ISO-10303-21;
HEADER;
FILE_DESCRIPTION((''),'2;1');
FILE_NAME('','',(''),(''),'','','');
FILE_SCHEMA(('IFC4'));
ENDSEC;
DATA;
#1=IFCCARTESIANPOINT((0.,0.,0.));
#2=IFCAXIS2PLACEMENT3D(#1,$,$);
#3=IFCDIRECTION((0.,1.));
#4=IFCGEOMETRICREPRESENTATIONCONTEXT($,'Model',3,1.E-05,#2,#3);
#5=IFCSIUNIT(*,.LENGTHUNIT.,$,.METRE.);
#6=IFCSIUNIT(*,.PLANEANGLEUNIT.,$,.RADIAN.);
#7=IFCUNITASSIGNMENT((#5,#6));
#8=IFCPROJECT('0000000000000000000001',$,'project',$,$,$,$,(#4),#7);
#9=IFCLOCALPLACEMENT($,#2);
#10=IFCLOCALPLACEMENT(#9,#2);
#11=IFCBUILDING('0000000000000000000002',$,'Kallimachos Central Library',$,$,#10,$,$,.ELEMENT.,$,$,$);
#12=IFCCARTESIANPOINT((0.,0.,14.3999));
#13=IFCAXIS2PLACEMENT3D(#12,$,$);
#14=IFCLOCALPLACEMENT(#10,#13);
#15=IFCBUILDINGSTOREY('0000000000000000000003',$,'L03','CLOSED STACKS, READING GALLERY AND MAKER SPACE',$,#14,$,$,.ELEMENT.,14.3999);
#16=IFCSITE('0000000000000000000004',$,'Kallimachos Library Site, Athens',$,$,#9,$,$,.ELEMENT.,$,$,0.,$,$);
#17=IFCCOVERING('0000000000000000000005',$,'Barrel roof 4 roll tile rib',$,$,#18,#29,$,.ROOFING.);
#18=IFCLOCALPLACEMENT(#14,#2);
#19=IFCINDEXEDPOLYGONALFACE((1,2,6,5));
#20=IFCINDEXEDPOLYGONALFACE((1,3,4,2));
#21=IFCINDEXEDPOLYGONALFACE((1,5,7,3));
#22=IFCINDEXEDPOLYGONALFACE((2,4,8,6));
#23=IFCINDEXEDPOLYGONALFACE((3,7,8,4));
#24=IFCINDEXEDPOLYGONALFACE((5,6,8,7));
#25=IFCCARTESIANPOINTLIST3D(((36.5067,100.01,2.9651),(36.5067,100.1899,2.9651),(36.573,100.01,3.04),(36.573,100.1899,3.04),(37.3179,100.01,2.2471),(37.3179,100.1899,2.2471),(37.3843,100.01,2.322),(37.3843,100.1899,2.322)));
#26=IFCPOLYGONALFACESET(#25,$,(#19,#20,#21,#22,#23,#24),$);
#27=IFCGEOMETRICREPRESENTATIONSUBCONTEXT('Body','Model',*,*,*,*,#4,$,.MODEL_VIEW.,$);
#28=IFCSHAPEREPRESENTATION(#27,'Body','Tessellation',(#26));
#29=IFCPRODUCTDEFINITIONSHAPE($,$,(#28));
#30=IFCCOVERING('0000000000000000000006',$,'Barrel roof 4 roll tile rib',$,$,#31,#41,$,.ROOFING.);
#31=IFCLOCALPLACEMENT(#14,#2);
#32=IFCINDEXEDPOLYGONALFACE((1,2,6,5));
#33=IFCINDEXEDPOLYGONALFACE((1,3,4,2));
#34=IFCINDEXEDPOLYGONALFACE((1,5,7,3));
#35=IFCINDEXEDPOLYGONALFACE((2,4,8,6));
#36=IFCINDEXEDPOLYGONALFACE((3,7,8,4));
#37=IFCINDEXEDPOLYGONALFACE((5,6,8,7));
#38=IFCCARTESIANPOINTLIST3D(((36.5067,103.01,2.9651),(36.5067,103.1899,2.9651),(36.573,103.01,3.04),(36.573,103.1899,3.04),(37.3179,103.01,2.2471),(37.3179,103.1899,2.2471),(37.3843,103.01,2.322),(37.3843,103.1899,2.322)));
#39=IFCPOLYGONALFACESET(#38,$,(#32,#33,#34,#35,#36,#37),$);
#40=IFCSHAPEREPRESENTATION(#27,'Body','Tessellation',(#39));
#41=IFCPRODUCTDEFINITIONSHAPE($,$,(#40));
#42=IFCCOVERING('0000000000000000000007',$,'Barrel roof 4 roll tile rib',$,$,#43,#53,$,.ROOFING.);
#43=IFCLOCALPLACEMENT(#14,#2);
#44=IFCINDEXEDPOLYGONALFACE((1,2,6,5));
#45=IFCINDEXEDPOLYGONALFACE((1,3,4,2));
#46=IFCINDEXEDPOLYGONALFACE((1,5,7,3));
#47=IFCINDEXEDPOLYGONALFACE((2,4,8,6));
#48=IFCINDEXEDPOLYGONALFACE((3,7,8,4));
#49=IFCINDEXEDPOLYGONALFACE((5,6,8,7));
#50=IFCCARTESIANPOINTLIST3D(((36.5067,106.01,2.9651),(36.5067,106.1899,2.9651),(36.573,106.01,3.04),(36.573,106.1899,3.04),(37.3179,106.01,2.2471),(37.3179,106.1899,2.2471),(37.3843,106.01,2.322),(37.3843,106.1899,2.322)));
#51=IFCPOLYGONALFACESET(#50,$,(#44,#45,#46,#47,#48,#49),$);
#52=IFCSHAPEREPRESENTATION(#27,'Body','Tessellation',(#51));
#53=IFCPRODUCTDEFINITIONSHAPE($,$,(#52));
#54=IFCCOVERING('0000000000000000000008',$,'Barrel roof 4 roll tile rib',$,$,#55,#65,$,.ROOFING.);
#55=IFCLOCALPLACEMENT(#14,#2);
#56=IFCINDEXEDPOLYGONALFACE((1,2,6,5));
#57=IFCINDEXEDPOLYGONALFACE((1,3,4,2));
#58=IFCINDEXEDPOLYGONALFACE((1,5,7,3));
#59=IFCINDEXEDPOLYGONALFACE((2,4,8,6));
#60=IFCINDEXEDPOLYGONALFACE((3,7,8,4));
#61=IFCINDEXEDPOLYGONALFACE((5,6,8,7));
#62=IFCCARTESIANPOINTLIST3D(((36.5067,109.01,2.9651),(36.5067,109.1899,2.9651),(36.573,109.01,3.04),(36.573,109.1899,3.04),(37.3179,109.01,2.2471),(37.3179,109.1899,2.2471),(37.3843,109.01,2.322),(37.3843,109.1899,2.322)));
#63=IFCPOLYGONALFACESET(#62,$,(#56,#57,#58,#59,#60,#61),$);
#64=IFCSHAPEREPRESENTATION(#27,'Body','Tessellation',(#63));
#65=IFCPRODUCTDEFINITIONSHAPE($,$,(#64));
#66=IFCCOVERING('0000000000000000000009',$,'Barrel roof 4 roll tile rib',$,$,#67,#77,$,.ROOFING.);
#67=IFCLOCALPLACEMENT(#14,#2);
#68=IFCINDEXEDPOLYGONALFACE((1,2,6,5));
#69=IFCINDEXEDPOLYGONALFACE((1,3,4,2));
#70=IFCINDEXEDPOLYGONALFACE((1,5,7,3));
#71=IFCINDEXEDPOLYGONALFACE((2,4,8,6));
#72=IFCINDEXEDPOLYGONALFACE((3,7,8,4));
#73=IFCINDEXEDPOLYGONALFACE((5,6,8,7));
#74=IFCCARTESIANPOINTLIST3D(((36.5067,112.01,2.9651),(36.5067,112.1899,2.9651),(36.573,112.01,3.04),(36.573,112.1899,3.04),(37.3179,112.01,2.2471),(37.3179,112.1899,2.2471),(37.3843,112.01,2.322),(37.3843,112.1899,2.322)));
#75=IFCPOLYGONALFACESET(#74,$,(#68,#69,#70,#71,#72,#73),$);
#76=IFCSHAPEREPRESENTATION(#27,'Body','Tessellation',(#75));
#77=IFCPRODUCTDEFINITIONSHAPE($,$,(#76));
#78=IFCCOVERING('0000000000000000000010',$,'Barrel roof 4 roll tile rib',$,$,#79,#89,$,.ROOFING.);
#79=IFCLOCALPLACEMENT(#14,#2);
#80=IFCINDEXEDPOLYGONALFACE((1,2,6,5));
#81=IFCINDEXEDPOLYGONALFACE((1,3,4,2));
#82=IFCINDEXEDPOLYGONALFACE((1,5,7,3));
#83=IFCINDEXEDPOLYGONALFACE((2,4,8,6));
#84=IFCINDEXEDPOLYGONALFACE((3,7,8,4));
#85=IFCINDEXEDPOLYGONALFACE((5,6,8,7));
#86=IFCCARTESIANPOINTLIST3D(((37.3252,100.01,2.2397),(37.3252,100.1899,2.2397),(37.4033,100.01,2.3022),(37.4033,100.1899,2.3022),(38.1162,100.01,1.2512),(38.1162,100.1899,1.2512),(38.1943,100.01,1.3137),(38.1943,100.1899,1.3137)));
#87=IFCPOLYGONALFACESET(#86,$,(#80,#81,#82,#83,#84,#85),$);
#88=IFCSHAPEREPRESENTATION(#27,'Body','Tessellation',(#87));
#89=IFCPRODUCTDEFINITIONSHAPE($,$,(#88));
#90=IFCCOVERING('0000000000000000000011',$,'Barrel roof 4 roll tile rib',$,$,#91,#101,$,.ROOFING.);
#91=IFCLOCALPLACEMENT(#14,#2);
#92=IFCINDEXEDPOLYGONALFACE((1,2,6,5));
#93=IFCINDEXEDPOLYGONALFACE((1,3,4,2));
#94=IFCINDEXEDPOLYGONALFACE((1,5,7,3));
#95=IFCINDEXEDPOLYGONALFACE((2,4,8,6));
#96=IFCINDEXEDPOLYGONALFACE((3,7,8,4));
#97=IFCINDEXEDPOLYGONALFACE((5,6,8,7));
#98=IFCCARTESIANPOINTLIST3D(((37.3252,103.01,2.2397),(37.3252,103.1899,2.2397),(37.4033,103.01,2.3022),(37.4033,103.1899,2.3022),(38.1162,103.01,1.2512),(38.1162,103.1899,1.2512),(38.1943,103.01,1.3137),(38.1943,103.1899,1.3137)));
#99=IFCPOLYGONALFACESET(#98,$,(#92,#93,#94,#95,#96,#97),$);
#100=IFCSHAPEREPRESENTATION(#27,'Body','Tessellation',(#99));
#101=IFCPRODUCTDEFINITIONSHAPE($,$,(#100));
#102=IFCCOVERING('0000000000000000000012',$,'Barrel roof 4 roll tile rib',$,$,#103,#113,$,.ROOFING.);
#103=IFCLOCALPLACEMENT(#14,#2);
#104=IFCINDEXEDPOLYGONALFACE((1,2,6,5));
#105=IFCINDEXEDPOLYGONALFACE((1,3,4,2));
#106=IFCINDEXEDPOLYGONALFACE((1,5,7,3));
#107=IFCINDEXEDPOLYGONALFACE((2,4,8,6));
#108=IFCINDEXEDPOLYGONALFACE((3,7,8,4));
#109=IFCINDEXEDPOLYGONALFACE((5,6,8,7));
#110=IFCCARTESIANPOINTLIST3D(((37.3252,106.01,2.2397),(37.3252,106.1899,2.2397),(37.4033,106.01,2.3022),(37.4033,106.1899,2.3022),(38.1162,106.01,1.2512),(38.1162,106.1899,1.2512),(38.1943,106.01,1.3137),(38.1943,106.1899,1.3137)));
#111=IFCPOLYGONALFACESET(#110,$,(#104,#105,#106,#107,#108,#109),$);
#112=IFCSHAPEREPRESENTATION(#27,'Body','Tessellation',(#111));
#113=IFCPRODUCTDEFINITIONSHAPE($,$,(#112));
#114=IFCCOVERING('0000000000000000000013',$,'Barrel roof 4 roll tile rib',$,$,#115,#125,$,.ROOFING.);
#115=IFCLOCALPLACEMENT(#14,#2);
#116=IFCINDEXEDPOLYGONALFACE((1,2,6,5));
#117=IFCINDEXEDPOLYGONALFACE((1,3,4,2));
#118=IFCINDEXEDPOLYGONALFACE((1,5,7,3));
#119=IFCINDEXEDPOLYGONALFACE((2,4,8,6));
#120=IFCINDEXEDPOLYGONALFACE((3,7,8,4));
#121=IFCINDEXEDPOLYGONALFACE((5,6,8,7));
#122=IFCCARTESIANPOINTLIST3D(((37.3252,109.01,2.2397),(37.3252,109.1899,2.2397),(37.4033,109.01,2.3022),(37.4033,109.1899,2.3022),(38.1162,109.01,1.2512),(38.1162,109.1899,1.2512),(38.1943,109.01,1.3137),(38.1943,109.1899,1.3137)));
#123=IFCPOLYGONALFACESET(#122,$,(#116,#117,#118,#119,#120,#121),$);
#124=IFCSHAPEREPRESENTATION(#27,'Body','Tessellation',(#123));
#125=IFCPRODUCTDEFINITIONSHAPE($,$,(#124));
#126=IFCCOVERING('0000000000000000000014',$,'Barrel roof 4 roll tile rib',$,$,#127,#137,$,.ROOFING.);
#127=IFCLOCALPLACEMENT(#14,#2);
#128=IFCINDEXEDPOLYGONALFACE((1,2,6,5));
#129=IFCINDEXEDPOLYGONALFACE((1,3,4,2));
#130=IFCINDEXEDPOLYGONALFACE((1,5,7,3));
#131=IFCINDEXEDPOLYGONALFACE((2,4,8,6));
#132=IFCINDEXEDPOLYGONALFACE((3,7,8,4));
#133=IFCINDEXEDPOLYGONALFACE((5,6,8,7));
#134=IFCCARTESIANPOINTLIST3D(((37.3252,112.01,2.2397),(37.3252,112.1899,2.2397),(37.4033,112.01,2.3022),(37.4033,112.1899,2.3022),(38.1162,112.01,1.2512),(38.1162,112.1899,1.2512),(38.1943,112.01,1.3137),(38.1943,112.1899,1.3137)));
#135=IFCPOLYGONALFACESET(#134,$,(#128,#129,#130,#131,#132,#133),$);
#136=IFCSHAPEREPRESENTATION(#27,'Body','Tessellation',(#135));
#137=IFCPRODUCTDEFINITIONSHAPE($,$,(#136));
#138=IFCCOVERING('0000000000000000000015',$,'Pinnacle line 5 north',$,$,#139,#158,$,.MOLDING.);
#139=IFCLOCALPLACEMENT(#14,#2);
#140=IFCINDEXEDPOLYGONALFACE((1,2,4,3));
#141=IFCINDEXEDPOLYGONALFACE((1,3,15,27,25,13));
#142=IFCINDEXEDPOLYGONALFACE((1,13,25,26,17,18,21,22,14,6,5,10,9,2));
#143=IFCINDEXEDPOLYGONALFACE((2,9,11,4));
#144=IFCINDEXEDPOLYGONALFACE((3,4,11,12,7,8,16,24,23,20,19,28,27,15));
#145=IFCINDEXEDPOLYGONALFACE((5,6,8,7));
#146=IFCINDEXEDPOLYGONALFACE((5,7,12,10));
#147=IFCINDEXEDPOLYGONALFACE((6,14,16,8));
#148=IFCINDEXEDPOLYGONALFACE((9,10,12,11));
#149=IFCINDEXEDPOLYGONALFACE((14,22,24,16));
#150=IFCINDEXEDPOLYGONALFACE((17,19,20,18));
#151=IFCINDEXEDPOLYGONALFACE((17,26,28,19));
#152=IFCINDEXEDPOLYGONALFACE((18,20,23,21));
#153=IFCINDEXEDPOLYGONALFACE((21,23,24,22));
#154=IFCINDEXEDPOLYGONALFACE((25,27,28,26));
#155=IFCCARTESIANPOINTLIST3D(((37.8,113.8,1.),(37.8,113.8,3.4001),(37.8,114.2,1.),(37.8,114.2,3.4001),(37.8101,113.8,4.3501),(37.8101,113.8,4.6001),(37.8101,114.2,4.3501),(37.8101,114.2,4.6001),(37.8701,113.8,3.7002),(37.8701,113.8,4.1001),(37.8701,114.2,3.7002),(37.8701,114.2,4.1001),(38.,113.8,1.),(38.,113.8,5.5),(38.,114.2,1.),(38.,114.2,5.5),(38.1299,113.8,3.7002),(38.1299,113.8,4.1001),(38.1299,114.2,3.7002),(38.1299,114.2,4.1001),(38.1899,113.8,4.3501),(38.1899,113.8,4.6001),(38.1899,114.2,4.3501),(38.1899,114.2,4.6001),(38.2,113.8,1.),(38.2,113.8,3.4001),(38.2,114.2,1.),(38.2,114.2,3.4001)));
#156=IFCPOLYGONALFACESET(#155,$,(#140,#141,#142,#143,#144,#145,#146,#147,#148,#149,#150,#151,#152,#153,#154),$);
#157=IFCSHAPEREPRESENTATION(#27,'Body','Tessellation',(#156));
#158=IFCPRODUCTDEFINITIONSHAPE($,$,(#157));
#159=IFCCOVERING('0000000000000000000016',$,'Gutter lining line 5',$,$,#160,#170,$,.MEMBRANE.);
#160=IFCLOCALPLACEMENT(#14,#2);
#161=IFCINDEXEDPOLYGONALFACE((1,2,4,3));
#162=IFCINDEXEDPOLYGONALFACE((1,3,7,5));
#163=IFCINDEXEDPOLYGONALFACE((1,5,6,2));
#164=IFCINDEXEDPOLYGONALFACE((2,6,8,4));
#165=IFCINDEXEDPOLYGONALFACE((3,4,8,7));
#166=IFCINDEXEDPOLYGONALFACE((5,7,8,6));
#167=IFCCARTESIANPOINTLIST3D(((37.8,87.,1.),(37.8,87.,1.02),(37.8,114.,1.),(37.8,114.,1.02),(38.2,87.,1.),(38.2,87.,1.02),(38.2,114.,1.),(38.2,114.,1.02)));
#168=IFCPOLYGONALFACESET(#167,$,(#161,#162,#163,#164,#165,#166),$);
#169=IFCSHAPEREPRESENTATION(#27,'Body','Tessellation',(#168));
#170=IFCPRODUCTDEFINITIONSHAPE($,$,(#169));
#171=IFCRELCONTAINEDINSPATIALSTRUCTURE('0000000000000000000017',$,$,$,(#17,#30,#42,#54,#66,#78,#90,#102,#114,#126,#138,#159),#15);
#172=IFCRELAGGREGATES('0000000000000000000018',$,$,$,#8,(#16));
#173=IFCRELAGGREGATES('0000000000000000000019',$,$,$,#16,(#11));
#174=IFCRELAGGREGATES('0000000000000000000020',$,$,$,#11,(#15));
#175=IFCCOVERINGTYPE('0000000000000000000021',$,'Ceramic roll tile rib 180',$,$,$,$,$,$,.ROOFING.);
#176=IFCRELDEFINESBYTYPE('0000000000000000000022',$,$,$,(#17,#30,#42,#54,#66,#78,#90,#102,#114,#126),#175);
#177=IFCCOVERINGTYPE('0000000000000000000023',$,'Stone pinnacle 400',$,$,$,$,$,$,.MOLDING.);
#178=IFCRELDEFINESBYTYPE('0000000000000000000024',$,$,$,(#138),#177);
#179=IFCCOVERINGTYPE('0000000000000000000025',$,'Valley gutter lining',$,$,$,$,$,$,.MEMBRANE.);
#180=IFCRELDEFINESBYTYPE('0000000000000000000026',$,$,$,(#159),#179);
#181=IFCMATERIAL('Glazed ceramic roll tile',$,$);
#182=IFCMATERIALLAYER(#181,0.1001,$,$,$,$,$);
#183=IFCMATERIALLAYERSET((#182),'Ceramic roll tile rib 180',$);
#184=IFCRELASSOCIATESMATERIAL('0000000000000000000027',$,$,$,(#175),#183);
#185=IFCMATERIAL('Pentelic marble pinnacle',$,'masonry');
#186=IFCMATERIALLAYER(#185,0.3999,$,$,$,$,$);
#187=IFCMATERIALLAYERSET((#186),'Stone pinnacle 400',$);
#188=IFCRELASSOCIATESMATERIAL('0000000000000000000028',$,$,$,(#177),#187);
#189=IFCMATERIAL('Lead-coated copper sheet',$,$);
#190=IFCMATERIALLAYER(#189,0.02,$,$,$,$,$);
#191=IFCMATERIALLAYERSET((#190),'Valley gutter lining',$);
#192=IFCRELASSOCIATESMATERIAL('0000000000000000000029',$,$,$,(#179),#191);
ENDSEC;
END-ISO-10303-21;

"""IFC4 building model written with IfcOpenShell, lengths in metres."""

from ifc_helpers import new_model, si_unit, direction, frame, origin, origin_2d, place, context, subcontext, project, spatial, polyline, rectangle, outline, extrude, material, layer, layer_set, type_object, element, save


model = new_model("IFC4")

# Units and contexts
model_context = context("Model", 3, precision=1e-05, world=origin(), true_north=direction((0.0, 1.0)))
body_context = subcontext(model_context, "Body", "Model", "MODEL_VIEW")
ifc_project = project(units=[si_unit("LENGTHUNIT", "METRE"), si_unit("PLANEANGLEUNIT", "RADIAN")], contexts=[model_context])

# Site, building, storey
site_placement = place(None, origin())
site = spatial("IfcSite", under=ifc_project, at=site_placement, Name="Kallimachos Library Site, Athens", CompositionType="ELEMENT", RefElevation=0.0)
building_placement = place(site_placement, origin())
building = spatial("IfcBuilding", under=site, at=building_placement, Name="Kallimachos Central Library", CompositionType="ELEMENT")
storey_placement = place(building_placement, frame((0.0, 0.0, 14.3999)))
storey = spatial("IfcBuildingStorey", under=building, at=storey_placement, Name="L03", Description="CLOSED STACKS, READING GALLERY AND MAKER SPACE", CompositionType="ELEMENT", Elevation=14.3999)

# Coverings
ifc_material_1 = material(Name="Glazed ceramic roll tile")
ifc_layer_1 = layer(ifc_material_1, 0.1001)
ifc_layer_set_1 = layer_set([ifc_layer_1], Name="Ceramic roll tile rib 180")
covering_type_1 = type_object("IfcCoveringType", Name="Ceramic roll tile rib 180", PredefinedType="ROOFING", material=ifc_layer_set_1)
for number, where, z_axis, x_axis, name in (
    (1, (36.573, 100.01, 3.04), (0.662754, 0.0, 0.748837), (0.748837, 0.0, -0.662754), "Barrel roof 4 roll tile rib"),
    (2, (36.573, 103.01, 3.04), (0.662754, 0.0, 0.748837), (0.748837, 0.0, -0.662754), "Barrel roof 4 roll tile rib"),
    (3, (36.573, 106.01, 3.04), (0.662754, 0.0, 0.748837), (0.748837, 0.0, -0.662754), "Barrel roof 4 roll tile rib"),
    (4, (36.573, 109.01, 3.04), (0.662754, 0.0, 0.748837), (0.748837, 0.0, -0.662754), "Barrel roof 4 roll tile rib"),
    (5, (36.573, 112.01, 3.04), (0.662754, 0.0, 0.748837), (0.748837, 0.0, -0.662754), "Barrel roof 4 roll tile rib"),
):
    element("IfcCovering", number, at=place(storey_placement, frame(where, z_axis=z_axis, x_axis=x_axis)), inside=storey, type_object=covering_type_1, Name=name, PredefinedType="ROOFING", context=body_context, shape_type="SweptSolid", body=[
        extrude(outline(polyline([(0.0, 0.0), (1.0834, 0.0), (1.0834, 0.1799), (0.0, 0.1799), (0.0, 0.0)])), origin(), (0.0, 0.0, -1.0), 0.1001),
    ])
for number, where, z_axis, x_axis, name in (
    (6, (37.4033, 100.01, 2.3022), (0.780794, 0.0, 0.624789), (0.624789, 0.0, -0.780794), "Barrel roof 4 roll tile rib"),
    (7, (37.4033, 103.01, 2.3022), (0.780794, 0.0, 0.624789), (0.624789, 0.0, -0.780794), "Barrel roof 4 roll tile rib"),
    (8, (37.4033, 106.01, 2.3022), (0.780794, 0.0, 0.624789), (0.624789, 0.0, -0.780794), "Barrel roof 4 roll tile rib"),
    (9, (37.4033, 109.01, 2.3022), (0.780794, 0.0, 0.624789), (0.624789, 0.0, -0.780794), "Barrel roof 4 roll tile rib"),
    (10, (37.4033, 112.01, 2.3022), (0.780794, 0.0, 0.624789), (0.624789, 0.0, -0.780794), "Barrel roof 4 roll tile rib"),
):
    element("IfcCovering", number, at=place(storey_placement, frame(where, z_axis=z_axis, x_axis=x_axis)), inside=storey, type_object=covering_type_1, Name=name, PredefinedType="ROOFING", context=body_context, shape_type="SweptSolid", body=[
        extrude(outline(polyline([(0.0, 0.0), (1.2661, 0.0), (1.2661, 0.1799), (0.0, 0.1799), (0.0, 0.0)])), origin(), (0.0, 0.0, -1.0), 0.1001),
    ])
ifc_material_2 = material(Name="Pentelic marble pinnacle", Category="masonry")
ifc_layer_2 = layer(ifc_material_2, 0.3999)
ifc_layer_set_2 = layer_set([ifc_layer_2], Name="Stone pinnacle 400")
covering_type_2 = type_object("IfcCoveringType", Name="Stone pinnacle 400", PredefinedType="MOLDING", material=ifc_layer_set_2)
covering_1_placement = place(storey_placement, frame((37.8, 114.2, 1.0), z_axis=(0.0, 1.0, 0.0), x_axis=(0.0, 0.0, 1.0)))
element("IfcCovering", 11, at=covering_1_placement, inside=storey, type_object=covering_type_2, Name="Pinnacle line 5 north", PredefinedType="MOLDING", context=body_context, shape_type="SweptSolid", body=[
    extrude(outline(polyline([(0.0, 0.0), (2.4001, 0.0), (2.7002, 0.0701), (3.1001, 0.0701), (3.3501, 0.01), (3.6001, 0.01), (4.5, 0.2), (3.6001, 0.3899), (3.3501, 0.3899), (3.1001, 0.3298), (2.7002, 0.3298), (2.4001, 0.3999), (0.0, 0.3999), (0.0, 0.2), (0.0, 0.0)])), origin(), (0.0, 0.0, -1.0), 0.3999),
])
ifc_material_3 = material(Name="Lead-coated copper sheet")
ifc_layer_3 = layer(ifc_material_3, 0.02)
ifc_layer_set_3 = layer_set([ifc_layer_3], Name="Valley gutter lining")
covering_type_3 = type_object("IfcCoveringType", Name="Valley gutter lining", PredefinedType="MEMBRANE", material=ifc_layer_set_3)
covering_2_placement = place(storey_placement, frame((38.0, 100.5, 1.0), z_axis=(0.0, 0.0, 1.0), x_axis=(1.0, 0.0, 0.0)))
element("IfcCovering", 12, at=covering_2_placement, inside=storey, type_object=covering_type_3, Name="Gutter lining line 5", PredefinedType="MEMBRANE", context=body_context, shape_type="SweptSolid", body=[
    extrude(rectangle(XDim=0.3999, YDim=27.0, at=origin_2d()), origin(), (0.0, 0.0, 1.0), 0.02),
])

save(model, "model.ifc")
